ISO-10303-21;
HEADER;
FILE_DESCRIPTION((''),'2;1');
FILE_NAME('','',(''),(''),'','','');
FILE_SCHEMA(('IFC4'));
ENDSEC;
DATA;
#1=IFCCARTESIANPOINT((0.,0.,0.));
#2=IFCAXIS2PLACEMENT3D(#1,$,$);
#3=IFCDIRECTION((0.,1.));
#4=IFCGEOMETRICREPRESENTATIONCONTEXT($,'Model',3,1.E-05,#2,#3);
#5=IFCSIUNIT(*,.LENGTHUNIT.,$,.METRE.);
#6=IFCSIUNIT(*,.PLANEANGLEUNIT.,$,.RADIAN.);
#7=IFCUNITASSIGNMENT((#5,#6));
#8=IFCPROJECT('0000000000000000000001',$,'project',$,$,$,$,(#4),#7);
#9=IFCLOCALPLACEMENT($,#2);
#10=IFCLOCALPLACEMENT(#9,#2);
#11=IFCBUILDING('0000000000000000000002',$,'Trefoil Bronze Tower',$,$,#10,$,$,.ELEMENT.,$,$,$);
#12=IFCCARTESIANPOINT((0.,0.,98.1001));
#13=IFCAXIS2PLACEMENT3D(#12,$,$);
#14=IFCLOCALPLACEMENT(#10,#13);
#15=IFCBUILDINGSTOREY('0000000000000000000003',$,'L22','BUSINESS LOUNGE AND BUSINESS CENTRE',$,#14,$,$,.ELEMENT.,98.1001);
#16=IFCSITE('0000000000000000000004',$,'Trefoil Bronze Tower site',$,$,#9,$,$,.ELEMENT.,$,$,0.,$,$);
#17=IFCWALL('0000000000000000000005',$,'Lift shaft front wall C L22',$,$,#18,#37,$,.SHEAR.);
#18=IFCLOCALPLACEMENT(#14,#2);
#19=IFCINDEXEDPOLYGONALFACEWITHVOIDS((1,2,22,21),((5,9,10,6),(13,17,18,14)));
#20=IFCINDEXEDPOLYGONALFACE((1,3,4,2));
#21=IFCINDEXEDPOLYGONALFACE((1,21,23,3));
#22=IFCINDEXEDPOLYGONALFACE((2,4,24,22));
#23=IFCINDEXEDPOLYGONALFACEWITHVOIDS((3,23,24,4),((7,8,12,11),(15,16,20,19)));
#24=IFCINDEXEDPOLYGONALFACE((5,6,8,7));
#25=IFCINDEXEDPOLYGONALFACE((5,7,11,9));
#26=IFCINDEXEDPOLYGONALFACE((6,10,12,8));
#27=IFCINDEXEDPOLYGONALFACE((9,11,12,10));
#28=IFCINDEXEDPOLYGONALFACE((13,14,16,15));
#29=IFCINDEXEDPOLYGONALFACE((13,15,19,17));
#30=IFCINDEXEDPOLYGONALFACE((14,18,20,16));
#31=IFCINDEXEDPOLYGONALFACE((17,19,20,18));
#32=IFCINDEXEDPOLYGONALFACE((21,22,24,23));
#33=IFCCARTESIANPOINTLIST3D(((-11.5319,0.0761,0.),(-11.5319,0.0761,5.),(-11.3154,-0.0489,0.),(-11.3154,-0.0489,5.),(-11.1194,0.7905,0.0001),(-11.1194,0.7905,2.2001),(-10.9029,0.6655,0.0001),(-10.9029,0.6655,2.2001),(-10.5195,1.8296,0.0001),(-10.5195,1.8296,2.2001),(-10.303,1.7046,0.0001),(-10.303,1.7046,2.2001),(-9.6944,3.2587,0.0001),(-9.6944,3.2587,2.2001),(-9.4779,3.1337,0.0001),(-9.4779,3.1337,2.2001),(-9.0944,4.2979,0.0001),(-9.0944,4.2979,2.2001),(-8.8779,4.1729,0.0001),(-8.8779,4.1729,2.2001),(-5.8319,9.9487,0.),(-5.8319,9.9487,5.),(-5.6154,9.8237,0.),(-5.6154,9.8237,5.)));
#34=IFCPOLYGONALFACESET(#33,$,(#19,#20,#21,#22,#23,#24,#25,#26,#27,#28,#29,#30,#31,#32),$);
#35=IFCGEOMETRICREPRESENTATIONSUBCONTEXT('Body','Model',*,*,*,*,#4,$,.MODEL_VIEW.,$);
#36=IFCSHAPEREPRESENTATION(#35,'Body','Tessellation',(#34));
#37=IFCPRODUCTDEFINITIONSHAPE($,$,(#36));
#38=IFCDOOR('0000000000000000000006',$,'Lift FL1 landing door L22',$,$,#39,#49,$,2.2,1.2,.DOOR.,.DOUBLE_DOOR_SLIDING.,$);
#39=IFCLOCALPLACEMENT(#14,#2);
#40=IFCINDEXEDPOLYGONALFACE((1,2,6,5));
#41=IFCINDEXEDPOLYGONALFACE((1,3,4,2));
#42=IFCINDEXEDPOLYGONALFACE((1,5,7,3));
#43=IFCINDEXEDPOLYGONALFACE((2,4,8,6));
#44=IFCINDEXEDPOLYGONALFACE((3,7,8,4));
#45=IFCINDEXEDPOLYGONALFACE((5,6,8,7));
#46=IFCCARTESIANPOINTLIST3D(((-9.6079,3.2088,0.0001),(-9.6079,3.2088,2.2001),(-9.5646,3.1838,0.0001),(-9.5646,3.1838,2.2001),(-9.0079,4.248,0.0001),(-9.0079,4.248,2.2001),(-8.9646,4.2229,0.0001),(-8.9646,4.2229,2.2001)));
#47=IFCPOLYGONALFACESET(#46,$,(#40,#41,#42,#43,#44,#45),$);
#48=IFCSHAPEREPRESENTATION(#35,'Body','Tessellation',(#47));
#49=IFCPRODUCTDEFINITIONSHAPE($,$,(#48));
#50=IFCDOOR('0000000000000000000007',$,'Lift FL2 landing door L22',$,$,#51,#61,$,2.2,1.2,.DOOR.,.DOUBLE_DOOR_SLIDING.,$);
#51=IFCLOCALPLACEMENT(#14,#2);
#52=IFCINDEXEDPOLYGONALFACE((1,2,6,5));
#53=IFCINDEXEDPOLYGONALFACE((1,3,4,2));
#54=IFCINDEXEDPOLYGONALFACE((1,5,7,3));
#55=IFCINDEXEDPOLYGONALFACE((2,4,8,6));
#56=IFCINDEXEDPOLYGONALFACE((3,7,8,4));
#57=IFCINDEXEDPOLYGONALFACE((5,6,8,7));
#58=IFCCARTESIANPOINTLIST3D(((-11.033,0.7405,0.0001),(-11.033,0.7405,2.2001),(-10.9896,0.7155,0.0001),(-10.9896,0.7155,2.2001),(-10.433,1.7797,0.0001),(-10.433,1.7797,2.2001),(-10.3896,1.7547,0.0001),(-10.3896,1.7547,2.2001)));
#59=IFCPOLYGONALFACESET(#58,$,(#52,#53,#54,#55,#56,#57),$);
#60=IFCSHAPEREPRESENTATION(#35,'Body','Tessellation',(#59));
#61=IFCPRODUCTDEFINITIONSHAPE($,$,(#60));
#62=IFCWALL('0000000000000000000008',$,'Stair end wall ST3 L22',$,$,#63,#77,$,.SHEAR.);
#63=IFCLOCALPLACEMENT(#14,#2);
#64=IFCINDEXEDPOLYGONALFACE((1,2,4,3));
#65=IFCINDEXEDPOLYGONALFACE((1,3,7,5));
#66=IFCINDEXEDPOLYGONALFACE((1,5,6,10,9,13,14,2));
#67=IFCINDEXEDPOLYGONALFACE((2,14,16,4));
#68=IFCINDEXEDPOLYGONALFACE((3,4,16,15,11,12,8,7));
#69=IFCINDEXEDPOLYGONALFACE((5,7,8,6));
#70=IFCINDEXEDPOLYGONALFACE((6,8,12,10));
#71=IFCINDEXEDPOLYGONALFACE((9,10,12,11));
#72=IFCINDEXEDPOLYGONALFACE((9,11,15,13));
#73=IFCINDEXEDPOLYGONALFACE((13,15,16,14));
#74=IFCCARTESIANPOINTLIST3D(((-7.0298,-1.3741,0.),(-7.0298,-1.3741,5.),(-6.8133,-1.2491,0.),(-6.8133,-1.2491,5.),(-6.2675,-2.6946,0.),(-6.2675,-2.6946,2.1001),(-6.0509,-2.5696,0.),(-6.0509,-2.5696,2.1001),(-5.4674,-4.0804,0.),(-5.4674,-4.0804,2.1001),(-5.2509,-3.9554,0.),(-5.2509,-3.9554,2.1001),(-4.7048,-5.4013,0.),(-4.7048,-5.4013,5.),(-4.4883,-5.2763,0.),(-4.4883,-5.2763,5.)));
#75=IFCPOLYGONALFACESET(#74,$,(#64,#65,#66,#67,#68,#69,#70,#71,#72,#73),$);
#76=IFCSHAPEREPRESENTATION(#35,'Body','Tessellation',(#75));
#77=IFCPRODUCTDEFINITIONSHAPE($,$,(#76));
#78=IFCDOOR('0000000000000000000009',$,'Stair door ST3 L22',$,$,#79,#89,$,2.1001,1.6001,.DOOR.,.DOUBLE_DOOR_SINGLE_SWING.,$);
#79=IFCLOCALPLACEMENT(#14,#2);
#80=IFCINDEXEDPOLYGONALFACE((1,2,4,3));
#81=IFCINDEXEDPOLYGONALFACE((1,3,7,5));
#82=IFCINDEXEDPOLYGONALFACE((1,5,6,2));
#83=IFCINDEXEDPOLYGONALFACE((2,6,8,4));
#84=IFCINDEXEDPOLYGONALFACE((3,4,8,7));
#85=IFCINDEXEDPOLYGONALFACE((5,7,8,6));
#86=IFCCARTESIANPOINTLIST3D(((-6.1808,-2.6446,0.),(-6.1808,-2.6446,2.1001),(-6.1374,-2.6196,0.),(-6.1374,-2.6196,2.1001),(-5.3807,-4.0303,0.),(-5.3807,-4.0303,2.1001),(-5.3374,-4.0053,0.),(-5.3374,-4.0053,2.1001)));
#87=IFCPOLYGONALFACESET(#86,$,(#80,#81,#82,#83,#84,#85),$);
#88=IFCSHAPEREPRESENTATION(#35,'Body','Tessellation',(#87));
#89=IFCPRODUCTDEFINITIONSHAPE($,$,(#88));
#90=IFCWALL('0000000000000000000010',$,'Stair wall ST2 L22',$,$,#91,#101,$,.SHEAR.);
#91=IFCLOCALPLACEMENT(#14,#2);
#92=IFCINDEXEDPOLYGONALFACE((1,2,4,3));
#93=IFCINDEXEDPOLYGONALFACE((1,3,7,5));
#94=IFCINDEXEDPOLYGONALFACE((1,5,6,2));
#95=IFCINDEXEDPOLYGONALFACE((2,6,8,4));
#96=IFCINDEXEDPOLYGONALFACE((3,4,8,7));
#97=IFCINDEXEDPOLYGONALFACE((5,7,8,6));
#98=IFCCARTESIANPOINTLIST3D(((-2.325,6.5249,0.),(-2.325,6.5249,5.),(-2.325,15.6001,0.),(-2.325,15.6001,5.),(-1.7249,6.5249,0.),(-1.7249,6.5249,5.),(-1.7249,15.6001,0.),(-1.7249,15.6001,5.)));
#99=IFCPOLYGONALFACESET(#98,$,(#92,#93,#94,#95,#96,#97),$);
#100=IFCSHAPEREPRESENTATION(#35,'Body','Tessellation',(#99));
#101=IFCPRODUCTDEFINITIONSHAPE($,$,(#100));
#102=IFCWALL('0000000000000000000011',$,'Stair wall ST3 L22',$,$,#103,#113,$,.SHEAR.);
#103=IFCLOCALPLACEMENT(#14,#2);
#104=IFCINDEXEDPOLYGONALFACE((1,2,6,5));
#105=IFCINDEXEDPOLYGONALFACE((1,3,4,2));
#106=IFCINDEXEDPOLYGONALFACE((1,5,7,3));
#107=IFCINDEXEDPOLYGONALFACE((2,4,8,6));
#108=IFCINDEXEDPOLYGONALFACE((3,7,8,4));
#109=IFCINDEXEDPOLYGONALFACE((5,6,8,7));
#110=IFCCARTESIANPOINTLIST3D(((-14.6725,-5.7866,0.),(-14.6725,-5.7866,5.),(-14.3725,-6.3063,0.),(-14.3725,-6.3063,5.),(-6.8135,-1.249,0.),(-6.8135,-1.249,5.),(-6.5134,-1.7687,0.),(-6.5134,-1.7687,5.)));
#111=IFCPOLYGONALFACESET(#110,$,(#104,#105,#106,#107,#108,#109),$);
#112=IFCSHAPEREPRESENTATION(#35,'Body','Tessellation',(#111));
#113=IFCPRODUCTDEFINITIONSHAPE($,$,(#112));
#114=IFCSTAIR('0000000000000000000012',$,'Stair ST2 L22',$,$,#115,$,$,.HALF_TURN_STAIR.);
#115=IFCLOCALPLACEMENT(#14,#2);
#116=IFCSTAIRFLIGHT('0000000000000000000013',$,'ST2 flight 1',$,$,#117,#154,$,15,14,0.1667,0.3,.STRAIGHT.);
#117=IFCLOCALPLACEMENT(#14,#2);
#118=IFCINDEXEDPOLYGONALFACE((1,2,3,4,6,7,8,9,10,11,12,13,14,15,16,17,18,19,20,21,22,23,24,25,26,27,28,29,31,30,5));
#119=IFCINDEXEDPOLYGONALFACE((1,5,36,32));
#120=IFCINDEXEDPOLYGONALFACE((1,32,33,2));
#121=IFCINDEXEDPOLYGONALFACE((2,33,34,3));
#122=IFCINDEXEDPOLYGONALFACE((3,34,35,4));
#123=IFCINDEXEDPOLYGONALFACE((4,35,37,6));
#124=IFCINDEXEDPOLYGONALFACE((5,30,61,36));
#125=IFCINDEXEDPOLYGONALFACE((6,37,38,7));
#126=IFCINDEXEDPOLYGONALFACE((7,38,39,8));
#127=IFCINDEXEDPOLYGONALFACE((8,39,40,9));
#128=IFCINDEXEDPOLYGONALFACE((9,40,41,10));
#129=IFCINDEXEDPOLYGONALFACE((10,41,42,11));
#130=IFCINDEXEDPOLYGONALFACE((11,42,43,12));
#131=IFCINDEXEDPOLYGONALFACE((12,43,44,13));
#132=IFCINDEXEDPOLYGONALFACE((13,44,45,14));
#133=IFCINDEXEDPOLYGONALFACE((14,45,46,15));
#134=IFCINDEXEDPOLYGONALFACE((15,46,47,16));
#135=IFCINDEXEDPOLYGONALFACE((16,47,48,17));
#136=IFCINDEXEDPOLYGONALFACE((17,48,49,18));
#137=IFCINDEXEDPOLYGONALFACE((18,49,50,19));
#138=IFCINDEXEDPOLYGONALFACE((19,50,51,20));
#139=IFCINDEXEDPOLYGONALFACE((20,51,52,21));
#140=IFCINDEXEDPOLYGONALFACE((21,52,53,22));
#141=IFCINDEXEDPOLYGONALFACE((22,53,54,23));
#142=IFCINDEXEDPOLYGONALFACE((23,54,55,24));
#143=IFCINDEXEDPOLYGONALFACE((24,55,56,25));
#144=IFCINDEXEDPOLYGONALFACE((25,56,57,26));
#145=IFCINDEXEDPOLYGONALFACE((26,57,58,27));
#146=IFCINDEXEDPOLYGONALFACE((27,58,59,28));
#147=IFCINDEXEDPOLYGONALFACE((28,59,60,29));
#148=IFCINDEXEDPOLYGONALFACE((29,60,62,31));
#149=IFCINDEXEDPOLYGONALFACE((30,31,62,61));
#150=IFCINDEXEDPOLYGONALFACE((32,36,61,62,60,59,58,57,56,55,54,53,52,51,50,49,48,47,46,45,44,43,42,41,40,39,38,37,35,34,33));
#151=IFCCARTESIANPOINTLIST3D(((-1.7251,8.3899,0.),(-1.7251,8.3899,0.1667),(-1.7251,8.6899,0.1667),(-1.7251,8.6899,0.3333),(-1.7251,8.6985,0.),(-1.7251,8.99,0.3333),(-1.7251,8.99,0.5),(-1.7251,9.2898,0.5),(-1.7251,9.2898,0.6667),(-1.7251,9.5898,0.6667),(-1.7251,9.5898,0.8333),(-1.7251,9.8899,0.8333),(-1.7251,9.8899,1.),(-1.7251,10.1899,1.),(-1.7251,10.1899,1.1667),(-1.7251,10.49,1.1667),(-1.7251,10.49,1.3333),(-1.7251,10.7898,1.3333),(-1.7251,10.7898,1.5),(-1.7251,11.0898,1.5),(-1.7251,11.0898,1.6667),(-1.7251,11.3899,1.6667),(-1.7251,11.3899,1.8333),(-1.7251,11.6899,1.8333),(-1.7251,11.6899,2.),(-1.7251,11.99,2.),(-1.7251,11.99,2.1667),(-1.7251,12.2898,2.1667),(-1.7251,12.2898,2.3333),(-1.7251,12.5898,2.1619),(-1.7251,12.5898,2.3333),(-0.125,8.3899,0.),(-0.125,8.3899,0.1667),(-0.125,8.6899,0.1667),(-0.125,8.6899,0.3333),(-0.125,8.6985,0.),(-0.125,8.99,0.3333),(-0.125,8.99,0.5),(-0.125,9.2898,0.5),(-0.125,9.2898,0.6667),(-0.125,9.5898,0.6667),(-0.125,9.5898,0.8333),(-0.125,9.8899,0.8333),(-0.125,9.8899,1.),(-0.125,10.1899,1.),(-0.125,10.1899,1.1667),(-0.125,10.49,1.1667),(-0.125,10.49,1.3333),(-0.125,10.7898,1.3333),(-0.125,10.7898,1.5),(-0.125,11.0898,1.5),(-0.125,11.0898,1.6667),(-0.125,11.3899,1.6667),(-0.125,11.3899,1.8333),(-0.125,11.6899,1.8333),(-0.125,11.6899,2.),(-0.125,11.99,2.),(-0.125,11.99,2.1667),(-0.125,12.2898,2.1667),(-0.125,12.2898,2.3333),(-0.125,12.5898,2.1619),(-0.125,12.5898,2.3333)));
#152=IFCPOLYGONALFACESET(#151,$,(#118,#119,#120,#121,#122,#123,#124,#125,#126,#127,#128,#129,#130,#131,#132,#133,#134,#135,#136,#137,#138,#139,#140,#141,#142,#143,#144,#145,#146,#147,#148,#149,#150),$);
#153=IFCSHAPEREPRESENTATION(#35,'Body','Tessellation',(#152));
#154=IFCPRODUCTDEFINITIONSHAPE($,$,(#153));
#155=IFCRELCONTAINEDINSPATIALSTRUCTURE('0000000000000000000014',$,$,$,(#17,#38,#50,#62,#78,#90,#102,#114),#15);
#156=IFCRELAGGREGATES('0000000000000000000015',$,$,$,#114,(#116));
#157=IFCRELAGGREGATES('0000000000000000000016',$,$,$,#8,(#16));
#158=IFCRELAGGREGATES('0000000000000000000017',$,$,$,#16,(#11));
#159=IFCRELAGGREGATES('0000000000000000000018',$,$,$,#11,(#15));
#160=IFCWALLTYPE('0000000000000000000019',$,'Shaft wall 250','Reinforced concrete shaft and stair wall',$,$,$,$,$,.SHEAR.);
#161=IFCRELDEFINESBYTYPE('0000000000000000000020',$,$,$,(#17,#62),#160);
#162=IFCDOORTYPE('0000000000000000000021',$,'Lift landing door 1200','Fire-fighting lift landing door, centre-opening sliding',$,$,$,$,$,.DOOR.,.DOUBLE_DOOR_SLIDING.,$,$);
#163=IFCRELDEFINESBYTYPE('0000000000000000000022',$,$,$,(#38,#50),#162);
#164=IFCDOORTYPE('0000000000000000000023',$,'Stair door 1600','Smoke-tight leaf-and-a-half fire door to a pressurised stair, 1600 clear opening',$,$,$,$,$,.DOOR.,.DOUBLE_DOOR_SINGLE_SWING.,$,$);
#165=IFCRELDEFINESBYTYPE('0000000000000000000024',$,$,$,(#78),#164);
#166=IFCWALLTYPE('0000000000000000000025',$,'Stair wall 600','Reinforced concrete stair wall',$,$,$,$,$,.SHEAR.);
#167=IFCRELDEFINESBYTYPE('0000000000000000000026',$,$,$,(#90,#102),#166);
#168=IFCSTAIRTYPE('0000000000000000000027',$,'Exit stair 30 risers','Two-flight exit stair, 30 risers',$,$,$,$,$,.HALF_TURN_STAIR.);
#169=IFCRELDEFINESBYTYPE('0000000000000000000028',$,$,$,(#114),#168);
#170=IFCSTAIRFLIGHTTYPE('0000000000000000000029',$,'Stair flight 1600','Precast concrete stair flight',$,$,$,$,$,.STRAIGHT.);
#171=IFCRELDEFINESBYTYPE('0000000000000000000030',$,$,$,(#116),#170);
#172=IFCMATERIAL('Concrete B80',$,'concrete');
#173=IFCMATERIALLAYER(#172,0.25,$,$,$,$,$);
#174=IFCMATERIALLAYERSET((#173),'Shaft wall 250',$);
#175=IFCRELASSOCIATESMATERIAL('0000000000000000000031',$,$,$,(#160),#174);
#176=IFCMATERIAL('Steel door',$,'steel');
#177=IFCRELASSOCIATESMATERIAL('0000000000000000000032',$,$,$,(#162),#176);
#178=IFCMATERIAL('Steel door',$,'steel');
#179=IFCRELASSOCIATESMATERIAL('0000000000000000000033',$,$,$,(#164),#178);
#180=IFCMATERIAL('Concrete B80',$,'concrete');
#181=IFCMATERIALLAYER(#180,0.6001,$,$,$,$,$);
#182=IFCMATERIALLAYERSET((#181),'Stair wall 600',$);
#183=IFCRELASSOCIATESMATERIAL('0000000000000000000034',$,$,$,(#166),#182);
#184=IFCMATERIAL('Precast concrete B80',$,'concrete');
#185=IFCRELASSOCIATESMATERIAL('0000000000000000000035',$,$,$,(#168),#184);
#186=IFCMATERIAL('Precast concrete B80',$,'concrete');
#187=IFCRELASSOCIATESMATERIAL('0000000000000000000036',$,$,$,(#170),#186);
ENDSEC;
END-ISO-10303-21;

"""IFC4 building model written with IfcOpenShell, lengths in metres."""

from ifc_helpers import new_model, si_unit, direction, frame, frame_2d, origin, place, context, subcontext, project, spatial, polyline, rectangle, outline, extrude, material, layer, layer_set, type_object, element, fill, aggregate, save


model = new_model("IFC4")

# Units and contexts
model_context = context("Model", 3, precision=1e-05, world=origin(), true_north=direction((0.0, 1.0)))
body_context = subcontext(model_context, "Body", "Model", "MODEL_VIEW")
ifc_project = project(units=[si_unit("LENGTHUNIT", "METRE"), si_unit("PLANEANGLEUNIT", "RADIAN")], contexts=[model_context])

# Site, building, storey
site_placement = place(None, origin())
site = spatial("IfcSite", under=ifc_project, at=site_placement, Name="Trefoil Bronze Tower site", CompositionType="ELEMENT", RefElevation=0.0)
building_placement = place(site_placement, origin())
building = spatial("IfcBuilding", under=site, at=building_placement, Name="Trefoil Bronze Tower", CompositionType="ELEMENT")
storey_placement = place(building_placement, frame((0.0, 0.0, 98.1001)))
storey = spatial("IfcBuildingStorey", under=building, at=storey_placement, Name="L22", Description="BUSINESS LOUNGE AND BUSINESS CENTRE", CompositionType="ELEMENT", Elevation=98.1001)

# Wall, openings, doors
ifc_material_1 = material(Name="Concrete B80", Category="concrete")
ifc_layer_1 = layer(ifc_material_1, 0.25)
ifc_layer_set_1 = layer_set([ifc_layer_1], Name="Shaft wall 250")
wall_type_1 = type_object("IfcWallType", Name="Shaft wall 250", Description="Reinforced concrete shaft and stair wall", PredefinedType="SHEAR", material=ifc_layer_set_1)
wall_1_placement = place(storey_placement, frame((-5.7236, 9.8862, 0.0), z_axis=(0.0, 0.0, 1.0), x_axis=(-0.500002, -0.866024, 0.0)))
wall_1 = element("IfcWall", 1, at=wall_1_placement, inside=storey, type_object=wall_type_1, Name="Lift shaft front wall C L22", PredefinedType="SHEAR", context=body_context, shape_type="SweptSolid", body=[
    extrude(rectangle(XDim=11.3999, YDim=0.25, at=frame_2d((5.7, 0.0))), origin(), (0.0, 0.0, 1.0), 5.0),
])
opening_1_placement = place(wall_1_placement, frame((6.5249, 0.0, 0.0)))
opening_1 = element("IfcOpeningElement", 2, at=opening_1_placement, cuts=wall_1, PredefinedType="OPENING", context=body_context, shape_type="SweptSolid", body=[
    extrude(rectangle(XDim=1.2, YDim=2.2, at=frame_2d((0.6001, 1.1001))), frame((0.0, 0.135, 0.0), z_axis=(0.0, -1.0, 0.0), x_axis=(1.0, 0.0, 0.0)), (0.0, 0.0, 1.0), 0.27),
])
opening_2_placement = place(wall_1_placement, frame((9.375, 0.0, 0.0)))
opening_2 = element("IfcOpeningElement", 3, at=opening_2_placement, cuts=wall_1, PredefinedType="OPENING", context=body_context, shape_type="SweptSolid", body=[
    extrude(rectangle(XDim=1.2, YDim=2.2, at=frame_2d((0.6001, 1.1001))), frame((0.0, 0.135, 0.0), z_axis=(0.0, -1.0, 0.0), x_axis=(1.0, 0.0, 0.0)), (0.0, 0.0, 1.0), 0.27),
])
ifc_material_2 = material(Name="Steel door", Category="steel")
door_type_1 = type_object("IfcDoorType", Name="Lift landing door 1200", Description="Fire-fighting lift landing door, centre-opening sliding", OperationType="DOUBLE_DOOR_SLIDING", PredefinedType="DOOR", material=ifc_material_2)
door_1_placement = place(opening_1_placement, origin())
door_1 = element("IfcDoor", 4, at=door_1_placement, inside=storey, type_object=door_type_1, Name="Lift FL1 landing door L22", OperationType="DOUBLE_DOOR_SLIDING", OverallHeight=2.2, OverallWidth=1.2, PredefinedType="DOOR", context=body_context, shape_type="SweptSolid", body=[
    extrude(rectangle(XDim=1.2, YDim=2.2, at=frame_2d((0.6001, 1.1001))), frame((0.0, 0.0249, 0.0), z_axis=(0.0, -1.0, 0.0), x_axis=(1.0, 0.0, 0.0)), (0.0, 0.0, 1.0), 0.05),
])
fill(opening_1, door_1)
door_2_placement = place(opening_2_placement, origin())
door_2 = element("IfcDoor", 5, at=door_2_placement, inside=storey, type_object=door_type_1, Name="Lift FL2 landing door L22", OperationType="DOUBLE_DOOR_SLIDING", OverallHeight=2.2, OverallWidth=1.2, PredefinedType="DOOR", context=body_context, shape_type="SweptSolid", body=[
    extrude(rectangle(XDim=1.2, YDim=2.2, at=frame_2d((0.6001, 1.1001))), frame((0.0, 0.0249, 0.0), z_axis=(0.0, -1.0, 0.0), x_axis=(1.0, 0.0, 0.0)), (0.0, 0.0, 1.0), 0.05),
])
fill(opening_2, door_2)

# Wall, opening, door
wall_2_placement = place(storey_placement, frame((-6.9216, -1.3115, 0.0), z_axis=(0.0, 0.0, 1.0), x_axis=(0.499985, -0.866034, 0.0)))
wall_2 = element("IfcWall", 6, at=wall_2_placement, inside=storey, type_object=wall_type_1, Name="Stair end wall ST3 L22", PredefinedType="SHEAR", context=body_context, shape_type="SweptSolid", body=[
    extrude(rectangle(XDim=4.6501, YDim=0.25, at=frame_2d((2.3252, 0.0))), origin(), (0.0, 0.0, 1.0), 5.0),
])
opening_3_placement = place(wall_2_placement, frame((1.5249, 0.0, 0.0)))
opening_3 = element("IfcOpeningElement", 7, at=opening_3_placement, cuts=wall_2, PredefinedType="OPENING", context=body_context, shape_type="SweptSolid", body=[
    extrude(rectangle(XDim=1.6001, YDim=2.1001, at=frame_2d((0.8, 1.05))), frame((0.0, 0.135, 0.0), z_axis=(0.0, -1.0, 0.0), x_axis=(1.0, 0.0, 0.0)), (0.0, 0.0, 1.0), 0.27),
])
ifc_material_3 = material(Name="Steel door", Category="steel")
door_type_2 = type_object("IfcDoorType", Name="Stair door 1600", Description="Smoke-tight leaf-and-a-half fire door to a pressurised stair, 1600 clear opening", OperationType="DOUBLE_DOOR_SINGLE_SWING", PredefinedType="DOOR", material=ifc_material_3)
door_3_placement = place(opening_3_placement, frame((1.6001, 0.0, 0.0), z_axis=(0.0, 0.0, 1.0), x_axis=(-1.0, 0.0, 0.0)))
door_3 = element("IfcDoor", 8, at=door_3_placement, inside=storey, type_object=door_type_2, Name="Stair door ST3 L22", OperationType="DOUBLE_DOOR_SINGLE_SWING", OverallHeight=2.1001, OverallWidth=1.6001, PredefinedType="DOOR", context=body_context, shape_type="SweptSolid", body=[
    extrude(rectangle(XDim=1.6001, YDim=2.1001, at=frame_2d((0.8, 1.05))), frame((0.0, 0.0249, 0.0), z_axis=(0.0, -1.0, 0.0), x_axis=(1.0, 0.0, 0.0)), (0.0, 0.0, 1.0), 0.05),
])
fill(opening_3, door_3)

# Walls
ifc_material_4 = material(Name="Concrete B80", Category="concrete")
ifc_layer_2 = layer(ifc_material_4, 0.6001)
ifc_layer_set_2 = layer_set([ifc_layer_2], Name="Stair wall 600")
wall_type_2 = type_object("IfcWallType", Name="Stair wall 600", Description="Reinforced concrete stair wall", PredefinedType="SHEAR", material=ifc_layer_set_2)
wall_3_placement = place(storey_placement, frame((-2.0249, 6.5249, 0.0), z_axis=(0.0, 0.0, 1.0), x_axis=(0.0, 1.0, 0.0)))
element("IfcWall", 9, at=wall_3_placement, inside=storey, type_object=wall_type_2, Name="Stair wall ST2 L22", PredefinedType="SHEAR", context=body_context, shape_type="SweptSolid", body=[
    extrude(rectangle(XDim=9.0752, YDim=0.6001, at=frame_2d((4.5376, 0.0))), origin(), (0.0, 0.0, 1.0), 5.0),
])
wall_4_placement = place(storey_placement, frame((-6.6633, -1.5088, 0.0), z_axis=(0.0, 0.0, 1.0), x_axis=(-0.866019, -0.50001, 0.0)))
element("IfcWall", 10, at=wall_4_placement, inside=storey, type_object=wall_type_2, Name="Stair wall ST3 L22", PredefinedType="SHEAR", context=body_context, shape_type="SweptSolid", body=[
    extrude(rectangle(XDim=9.075, YDim=0.6001, at=frame_2d((4.5376, 0.0))), origin(), (0.0, 0.0, 1.0), 5.0),
])

# Stair, stair flight
ifc_material_5 = material(Name="Precast concrete B80", Category="concrete")
stair_type = type_object("IfcStairType", Name="Exit stair 30 risers", Description="Two-flight exit stair, 30 risers", PredefinedType="HALF_TURN_STAIR", material=ifc_material_5)
stair_placement = place(storey_placement, origin())
stair = element("IfcStair", 11, at=stair_placement, inside=storey, type_object=stair_type, Name="Stair ST2 L22", PredefinedType="HALF_TURN_STAIR")
ifc_material_6 = material(Name="Precast concrete B80", Category="concrete")
stair_flight_type = type_object("IfcStairFlightType", Name="Stair flight 1600", Description="Precast concrete stair flight", PredefinedType="STRAIGHT", material=ifc_material_6)
stair_flight_placement = place(storey_placement, frame((-0.925, 8.3899, 0.0), z_axis=(0.0, 0.0, 1.0), x_axis=(0.0, 1.0, 0.0)))
stair_flight = element("IfcStairFlight", 12, at=stair_flight_placement, type_object=stair_flight_type, Name="ST2 flight 1", NumberOfRisers=15, NumberOfTreads=14, PredefinedType="STRAIGHT", RiserHeight=0.1667, TreadLength=0.3, context=body_context, shape_type="SweptSolid", body=[
    extrude(outline(polyline([(0.0, 0.0), (0.0, 0.1667), (0.3, 0.1667), (0.3, 0.3333), (0.6001, 0.3333), (0.6001, 0.5), (0.8999, 0.5), (0.8999, 0.6667), (1.2, 0.6667), (1.2, 0.8333), (1.5, 0.8333), (1.5, 1.0), (1.8, 1.0), (1.8, 1.1667), (2.1001, 1.1667), (2.1001, 1.3333), (2.3999, 1.3333), (2.3999, 1.5), (2.7, 1.5), (2.7, 1.6667), (3.0, 1.6667), (3.0, 1.8333), (3.3, 1.8333), (3.3, 2.0), (3.6001, 2.0), (3.6001, 2.1667), (3.8999, 2.1667), (3.8999, 2.3333), (4.2, 2.3333), (4.2, 2.5), (4.2, 2.1619), (0.3086, 0.0), (0.0, 0.0)])), frame((0.0, 0.8, 0.0), z_axis=(0.0, -1.0, 0.0), x_axis=(1.0, 0.0, 0.0)), (0.0, 0.0, 1.0), 1.6001),
])
aggregate(stair, [stair_flight])

save(model, "model.ifc")
